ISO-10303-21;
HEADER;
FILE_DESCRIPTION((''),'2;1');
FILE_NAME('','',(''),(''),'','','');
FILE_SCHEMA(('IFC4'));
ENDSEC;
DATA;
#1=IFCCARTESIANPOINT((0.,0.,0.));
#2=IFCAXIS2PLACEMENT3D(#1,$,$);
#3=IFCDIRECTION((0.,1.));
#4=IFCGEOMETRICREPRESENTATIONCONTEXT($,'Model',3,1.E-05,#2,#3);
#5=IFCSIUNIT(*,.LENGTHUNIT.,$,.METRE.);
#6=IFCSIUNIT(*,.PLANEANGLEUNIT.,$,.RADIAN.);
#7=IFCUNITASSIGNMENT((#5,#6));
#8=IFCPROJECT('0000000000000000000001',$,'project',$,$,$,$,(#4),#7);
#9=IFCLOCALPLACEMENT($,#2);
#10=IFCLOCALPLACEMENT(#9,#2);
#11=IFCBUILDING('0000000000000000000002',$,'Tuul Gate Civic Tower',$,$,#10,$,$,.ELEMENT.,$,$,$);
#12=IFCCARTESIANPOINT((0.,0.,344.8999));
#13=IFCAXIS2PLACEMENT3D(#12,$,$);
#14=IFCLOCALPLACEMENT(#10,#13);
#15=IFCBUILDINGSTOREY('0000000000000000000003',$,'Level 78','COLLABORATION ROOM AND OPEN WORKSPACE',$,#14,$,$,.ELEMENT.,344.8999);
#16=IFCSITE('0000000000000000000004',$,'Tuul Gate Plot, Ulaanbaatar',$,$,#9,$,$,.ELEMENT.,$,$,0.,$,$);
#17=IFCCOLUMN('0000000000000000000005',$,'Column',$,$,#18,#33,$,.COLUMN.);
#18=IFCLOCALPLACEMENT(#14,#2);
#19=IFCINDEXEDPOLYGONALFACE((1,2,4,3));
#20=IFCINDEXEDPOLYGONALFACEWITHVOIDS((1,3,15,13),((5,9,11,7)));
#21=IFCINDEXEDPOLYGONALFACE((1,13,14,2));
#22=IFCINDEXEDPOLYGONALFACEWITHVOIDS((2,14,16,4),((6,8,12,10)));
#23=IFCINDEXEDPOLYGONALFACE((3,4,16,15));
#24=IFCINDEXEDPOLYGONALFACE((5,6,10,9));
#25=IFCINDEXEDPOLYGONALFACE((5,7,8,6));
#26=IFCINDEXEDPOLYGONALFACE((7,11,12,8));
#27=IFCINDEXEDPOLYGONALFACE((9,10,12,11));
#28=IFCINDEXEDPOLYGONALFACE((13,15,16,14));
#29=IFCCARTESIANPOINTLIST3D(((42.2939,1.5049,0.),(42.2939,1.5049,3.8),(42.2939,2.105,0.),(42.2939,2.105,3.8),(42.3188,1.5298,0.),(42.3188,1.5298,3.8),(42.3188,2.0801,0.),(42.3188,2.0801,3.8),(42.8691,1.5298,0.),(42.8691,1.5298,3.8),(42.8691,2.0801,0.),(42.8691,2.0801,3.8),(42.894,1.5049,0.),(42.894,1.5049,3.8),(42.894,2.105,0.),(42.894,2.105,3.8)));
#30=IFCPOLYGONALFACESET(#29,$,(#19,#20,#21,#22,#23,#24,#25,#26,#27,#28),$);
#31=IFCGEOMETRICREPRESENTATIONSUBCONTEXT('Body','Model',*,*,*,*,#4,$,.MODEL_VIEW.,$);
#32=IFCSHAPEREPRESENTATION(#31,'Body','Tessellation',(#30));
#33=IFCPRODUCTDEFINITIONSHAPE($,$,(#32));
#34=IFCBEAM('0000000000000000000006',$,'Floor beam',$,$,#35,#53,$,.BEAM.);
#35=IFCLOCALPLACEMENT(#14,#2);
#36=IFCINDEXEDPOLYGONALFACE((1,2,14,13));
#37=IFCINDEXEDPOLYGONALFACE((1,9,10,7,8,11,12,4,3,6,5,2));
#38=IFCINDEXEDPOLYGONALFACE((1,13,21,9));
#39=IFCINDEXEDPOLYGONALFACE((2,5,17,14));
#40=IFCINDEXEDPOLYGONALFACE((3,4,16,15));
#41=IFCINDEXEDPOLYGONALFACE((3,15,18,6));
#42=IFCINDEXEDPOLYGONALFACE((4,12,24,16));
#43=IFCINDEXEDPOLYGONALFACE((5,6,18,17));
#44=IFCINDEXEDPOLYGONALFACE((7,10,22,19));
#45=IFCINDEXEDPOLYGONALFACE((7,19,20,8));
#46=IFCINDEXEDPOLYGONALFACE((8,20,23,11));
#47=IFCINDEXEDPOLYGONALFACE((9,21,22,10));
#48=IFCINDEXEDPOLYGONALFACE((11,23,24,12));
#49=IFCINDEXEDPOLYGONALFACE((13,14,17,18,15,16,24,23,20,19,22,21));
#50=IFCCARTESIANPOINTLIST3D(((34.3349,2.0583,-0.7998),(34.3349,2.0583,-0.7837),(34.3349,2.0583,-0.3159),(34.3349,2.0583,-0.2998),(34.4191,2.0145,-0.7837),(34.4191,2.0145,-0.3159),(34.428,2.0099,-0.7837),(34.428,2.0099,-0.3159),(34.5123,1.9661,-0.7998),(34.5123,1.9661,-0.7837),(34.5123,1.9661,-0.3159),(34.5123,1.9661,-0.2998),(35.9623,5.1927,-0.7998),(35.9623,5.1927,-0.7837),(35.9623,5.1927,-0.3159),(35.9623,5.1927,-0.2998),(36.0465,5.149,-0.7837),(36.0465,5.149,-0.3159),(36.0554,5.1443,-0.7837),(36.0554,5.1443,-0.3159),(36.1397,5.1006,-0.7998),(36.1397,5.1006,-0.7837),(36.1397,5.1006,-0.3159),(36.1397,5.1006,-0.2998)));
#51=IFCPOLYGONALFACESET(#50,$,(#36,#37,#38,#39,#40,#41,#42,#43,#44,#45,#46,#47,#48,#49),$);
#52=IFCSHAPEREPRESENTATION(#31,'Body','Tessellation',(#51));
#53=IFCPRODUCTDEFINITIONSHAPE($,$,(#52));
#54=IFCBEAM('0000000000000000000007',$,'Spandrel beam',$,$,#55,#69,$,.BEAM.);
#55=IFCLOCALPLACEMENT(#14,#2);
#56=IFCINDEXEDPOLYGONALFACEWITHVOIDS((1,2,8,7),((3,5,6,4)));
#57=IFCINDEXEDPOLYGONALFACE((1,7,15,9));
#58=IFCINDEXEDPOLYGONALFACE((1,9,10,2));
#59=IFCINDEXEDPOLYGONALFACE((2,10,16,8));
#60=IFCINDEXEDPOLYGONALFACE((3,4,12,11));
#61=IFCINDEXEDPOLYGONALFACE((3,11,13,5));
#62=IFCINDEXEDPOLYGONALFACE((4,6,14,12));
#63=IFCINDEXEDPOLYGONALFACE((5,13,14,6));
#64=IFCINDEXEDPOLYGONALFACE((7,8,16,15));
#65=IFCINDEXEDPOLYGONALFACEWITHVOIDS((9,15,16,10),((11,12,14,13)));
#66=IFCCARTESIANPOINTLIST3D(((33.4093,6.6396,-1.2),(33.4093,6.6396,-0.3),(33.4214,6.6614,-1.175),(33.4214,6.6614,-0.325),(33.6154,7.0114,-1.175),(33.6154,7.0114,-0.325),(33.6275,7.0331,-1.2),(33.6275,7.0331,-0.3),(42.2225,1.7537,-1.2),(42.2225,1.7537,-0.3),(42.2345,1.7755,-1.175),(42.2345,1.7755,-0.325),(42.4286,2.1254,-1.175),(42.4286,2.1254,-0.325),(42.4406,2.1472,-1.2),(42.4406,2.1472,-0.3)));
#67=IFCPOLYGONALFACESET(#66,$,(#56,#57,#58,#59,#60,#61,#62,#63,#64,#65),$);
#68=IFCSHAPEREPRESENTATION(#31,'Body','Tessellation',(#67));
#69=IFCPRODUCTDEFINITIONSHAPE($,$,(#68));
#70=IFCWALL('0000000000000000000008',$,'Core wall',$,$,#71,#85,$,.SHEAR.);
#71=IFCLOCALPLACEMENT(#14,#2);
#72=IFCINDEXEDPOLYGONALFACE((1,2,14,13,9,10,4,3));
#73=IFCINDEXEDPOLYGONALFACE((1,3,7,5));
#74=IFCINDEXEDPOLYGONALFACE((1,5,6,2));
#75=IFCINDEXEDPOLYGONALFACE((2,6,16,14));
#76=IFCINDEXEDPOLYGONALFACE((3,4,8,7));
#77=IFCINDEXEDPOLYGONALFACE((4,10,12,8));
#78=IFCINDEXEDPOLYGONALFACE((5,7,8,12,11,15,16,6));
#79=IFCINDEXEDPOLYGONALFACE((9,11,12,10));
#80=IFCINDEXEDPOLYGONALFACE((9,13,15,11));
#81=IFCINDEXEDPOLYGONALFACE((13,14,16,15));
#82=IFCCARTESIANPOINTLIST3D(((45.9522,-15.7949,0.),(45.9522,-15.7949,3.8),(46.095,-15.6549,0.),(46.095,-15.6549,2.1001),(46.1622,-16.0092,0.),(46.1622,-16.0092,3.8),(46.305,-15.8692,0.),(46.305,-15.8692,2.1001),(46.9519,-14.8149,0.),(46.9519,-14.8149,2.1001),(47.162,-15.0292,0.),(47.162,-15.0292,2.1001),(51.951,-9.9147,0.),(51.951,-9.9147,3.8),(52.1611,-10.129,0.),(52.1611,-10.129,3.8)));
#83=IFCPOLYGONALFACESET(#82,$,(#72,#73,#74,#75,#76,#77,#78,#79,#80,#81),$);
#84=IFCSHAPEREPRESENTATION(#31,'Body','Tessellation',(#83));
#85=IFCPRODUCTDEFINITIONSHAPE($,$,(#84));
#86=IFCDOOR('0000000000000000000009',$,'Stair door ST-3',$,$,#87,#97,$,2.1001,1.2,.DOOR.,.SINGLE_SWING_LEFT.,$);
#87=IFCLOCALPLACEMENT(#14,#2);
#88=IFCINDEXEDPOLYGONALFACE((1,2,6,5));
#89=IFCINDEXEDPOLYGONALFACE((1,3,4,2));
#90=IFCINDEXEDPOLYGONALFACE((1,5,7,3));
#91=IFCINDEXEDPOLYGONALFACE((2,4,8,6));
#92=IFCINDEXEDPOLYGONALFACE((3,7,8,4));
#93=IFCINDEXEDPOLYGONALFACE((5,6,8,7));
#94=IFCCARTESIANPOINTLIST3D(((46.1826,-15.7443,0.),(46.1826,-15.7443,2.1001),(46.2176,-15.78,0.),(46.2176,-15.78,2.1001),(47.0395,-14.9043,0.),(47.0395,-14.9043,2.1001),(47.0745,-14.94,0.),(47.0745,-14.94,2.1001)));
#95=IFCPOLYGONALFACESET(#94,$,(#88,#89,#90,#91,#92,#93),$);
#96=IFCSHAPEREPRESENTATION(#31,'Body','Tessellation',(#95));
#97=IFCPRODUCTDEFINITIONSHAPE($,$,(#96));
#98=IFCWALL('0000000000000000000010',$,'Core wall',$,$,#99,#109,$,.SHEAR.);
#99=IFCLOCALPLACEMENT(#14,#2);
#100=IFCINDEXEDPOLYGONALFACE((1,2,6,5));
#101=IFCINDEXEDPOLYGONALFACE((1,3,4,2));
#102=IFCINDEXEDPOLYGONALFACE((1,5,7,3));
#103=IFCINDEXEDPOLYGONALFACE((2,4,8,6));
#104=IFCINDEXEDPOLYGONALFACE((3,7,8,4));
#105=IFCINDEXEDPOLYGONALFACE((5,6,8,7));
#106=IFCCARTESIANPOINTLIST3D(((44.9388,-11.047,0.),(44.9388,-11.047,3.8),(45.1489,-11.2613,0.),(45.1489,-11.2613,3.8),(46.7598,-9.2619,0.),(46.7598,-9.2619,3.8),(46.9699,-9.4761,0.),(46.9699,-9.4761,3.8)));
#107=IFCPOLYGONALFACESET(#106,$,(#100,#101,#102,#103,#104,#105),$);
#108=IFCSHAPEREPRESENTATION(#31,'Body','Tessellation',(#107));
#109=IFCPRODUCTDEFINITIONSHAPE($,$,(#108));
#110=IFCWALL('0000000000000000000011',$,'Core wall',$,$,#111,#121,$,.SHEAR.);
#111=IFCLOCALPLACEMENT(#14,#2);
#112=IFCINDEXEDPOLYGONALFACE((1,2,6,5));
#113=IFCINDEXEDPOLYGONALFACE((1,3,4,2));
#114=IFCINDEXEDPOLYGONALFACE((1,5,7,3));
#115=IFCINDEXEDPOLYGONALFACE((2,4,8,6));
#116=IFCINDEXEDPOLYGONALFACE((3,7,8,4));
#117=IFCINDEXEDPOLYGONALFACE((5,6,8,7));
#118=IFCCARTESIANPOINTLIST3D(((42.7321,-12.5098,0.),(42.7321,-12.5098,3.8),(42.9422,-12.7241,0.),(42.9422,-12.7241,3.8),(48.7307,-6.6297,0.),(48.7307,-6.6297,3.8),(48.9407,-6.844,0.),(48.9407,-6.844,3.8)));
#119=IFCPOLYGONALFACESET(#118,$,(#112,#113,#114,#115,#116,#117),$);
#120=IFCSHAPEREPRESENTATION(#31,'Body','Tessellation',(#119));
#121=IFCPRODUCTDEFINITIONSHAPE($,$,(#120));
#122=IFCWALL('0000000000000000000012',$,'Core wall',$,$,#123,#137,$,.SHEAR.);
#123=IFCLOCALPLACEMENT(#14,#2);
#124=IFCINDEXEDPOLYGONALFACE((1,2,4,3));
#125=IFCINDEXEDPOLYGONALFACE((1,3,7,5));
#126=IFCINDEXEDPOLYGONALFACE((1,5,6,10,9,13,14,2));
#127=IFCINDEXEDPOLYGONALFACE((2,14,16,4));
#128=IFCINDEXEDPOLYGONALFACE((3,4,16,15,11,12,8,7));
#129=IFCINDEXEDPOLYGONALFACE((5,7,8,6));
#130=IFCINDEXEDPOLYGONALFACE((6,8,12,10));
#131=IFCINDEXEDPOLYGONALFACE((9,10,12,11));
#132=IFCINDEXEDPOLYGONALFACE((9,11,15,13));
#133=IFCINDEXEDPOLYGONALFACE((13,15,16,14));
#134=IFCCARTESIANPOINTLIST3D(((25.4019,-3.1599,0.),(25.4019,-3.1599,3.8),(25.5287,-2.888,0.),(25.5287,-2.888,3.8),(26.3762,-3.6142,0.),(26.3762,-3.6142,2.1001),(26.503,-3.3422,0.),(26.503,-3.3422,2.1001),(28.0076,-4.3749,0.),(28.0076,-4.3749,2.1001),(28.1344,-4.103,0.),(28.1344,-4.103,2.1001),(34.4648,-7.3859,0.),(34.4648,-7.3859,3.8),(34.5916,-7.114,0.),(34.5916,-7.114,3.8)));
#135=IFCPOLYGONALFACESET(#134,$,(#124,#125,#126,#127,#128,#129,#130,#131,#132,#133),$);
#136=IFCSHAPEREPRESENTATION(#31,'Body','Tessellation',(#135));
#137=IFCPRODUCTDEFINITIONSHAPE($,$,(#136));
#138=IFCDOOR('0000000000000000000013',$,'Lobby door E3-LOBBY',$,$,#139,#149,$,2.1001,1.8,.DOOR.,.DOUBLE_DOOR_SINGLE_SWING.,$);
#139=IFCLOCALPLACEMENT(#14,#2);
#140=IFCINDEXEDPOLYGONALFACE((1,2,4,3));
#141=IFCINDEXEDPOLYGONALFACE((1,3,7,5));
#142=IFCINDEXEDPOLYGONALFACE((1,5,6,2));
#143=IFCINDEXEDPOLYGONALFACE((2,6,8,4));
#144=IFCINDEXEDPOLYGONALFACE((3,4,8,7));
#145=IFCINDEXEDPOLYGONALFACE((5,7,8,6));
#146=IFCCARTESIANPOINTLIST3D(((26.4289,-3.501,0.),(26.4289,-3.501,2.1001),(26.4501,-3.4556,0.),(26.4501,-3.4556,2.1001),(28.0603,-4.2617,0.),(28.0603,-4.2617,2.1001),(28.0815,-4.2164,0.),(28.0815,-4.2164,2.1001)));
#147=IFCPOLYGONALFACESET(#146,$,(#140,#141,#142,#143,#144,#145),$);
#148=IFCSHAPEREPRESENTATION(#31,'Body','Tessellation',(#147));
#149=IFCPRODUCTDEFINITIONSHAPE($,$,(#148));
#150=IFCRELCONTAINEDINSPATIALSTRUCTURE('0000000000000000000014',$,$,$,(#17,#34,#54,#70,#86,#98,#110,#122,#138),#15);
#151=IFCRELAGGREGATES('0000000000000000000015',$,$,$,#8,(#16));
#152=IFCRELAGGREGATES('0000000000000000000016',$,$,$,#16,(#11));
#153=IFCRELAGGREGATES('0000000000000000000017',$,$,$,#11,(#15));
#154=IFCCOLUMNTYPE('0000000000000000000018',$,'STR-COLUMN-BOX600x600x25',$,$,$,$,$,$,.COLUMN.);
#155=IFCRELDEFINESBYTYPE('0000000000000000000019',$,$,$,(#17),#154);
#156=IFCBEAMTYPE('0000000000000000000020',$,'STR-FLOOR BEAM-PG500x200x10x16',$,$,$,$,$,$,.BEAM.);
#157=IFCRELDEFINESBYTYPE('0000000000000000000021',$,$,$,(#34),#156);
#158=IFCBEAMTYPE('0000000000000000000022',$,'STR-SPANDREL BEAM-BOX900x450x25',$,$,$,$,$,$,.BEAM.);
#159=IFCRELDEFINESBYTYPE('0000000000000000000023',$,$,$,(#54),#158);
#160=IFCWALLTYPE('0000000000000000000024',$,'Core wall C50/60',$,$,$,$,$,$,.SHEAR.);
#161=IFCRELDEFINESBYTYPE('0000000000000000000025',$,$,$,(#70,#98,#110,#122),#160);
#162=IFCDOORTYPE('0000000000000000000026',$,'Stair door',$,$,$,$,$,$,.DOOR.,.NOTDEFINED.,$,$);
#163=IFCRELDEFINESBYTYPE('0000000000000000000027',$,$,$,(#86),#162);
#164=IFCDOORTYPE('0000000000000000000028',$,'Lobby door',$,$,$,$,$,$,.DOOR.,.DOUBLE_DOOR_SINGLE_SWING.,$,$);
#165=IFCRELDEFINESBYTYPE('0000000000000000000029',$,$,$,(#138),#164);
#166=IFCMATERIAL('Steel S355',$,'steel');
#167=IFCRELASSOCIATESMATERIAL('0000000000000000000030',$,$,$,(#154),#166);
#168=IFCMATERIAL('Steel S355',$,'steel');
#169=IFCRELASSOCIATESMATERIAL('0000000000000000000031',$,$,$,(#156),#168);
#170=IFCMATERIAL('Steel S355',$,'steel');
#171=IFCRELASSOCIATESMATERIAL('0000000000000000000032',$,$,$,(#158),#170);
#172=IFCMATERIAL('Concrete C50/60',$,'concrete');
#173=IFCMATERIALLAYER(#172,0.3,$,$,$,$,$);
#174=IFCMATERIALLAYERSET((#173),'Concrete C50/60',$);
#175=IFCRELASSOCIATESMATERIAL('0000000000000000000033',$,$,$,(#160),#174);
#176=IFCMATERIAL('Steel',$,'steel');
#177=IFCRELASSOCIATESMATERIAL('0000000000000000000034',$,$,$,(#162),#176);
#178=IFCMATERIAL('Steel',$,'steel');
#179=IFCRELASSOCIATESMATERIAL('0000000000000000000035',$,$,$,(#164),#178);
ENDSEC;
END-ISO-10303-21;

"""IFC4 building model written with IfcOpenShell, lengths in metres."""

from ifc_helpers import new_model, si_unit, direction, frame, frame_2d, origin, origin_2d, place, context, subcontext, project, spatial, rectangle, hollow_rectangle, i_section, extrude, material, layer, layer_set, material_profile, profile_set, type_object, element, fill, save


model = new_model("IFC4")

# Units and contexts
model_context = context("Model", 3, precision=1e-05, world=origin(), true_north=direction((0.0, 1.0)))
body_context = subcontext(model_context, "Body", "Model", "MODEL_VIEW")
ifc_project = project(units=[si_unit("LENGTHUNIT", "METRE"), si_unit("PLANEANGLEUNIT", "RADIAN")], contexts=[model_context])

# Site, building, storey
site_placement = place(None, origin())
site = spatial("IfcSite", under=ifc_project, at=site_placement, Name="Tuul Gate Plot, Ulaanbaatar", CompositionType="ELEMENT", RefElevation=0.0)
building_placement = place(site_placement, origin())
building = spatial("IfcBuilding", under=site, at=building_placement, Name="Tuul Gate Civic Tower", CompositionType="ELEMENT")
storey_placement = place(building_placement, frame((0.0, 0.0, 344.8999)))
storey = spatial("IfcBuildingStorey", under=building, at=storey_placement, Name="Level 78", Description="COLLABORATION ROOM AND OPEN WORKSPACE", CompositionType="ELEMENT", Elevation=344.8999)

# Column
ifc_material_1 = material(Name="Steel S355", Category="steel")
ifc_material_profile_1 = material_profile(ifc_material_1, hollow_rectangle(XDim=0.6001, YDim=0.6001, WallThickness=0.0249, at=origin_2d()), Name="BOX600x600x25")
ifc_profile_set_1 = profile_set([ifc_material_profile_1], Name="Steel S355")
column_type = type_object("IfcColumnType", Name="STR-COLUMN-BOX600x600x25", PredefinedType="COLUMN", material=ifc_profile_set_1)
column_placement = place(storey_placement, frame((42.594, 1.8049, 0.0), z_axis=(0.0, 0.0, 1.0), x_axis=(1.0, 0.0, 0.0)))
element("IfcColumn", 1, at=column_placement, inside=storey, type_object=column_type, Name="Column", PredefinedType="COLUMN", context=body_context, shape_type="SweptSolid", body=[
    extrude(hollow_rectangle(XDim=0.6001, YDim=0.6001, WallThickness=0.0249, at=origin_2d()), origin(), (0.0, 0.0, 1.0), 3.8),
])

# Beams
ifc_material_2 = material(Name="Steel S355", Category="steel")
ifc_material_profile_2 = material_profile(ifc_material_2, i_section(OverallWidth=0.2, OverallDepth=0.5, WebThickness=0.01, FlangeThickness=0.0161, at=origin_2d()), Name="PG500x200x10x16")
ifc_profile_set_2 = profile_set([ifc_material_profile_2], Name="Steel S355")
beam_type_1 = type_object("IfcBeamType", Name="STR-FLOOR BEAM-PG500x200x10x16", PredefinedType="BEAM", material=ifc_profile_set_2)
beam_1_placement = place(storey_placement, frame((34.4236, 2.0122, -0.5498), z_axis=(0.460793, 0.887507, 0.0), x_axis=(-0.887507, 0.460793, 0.0)))
element("IfcBeam", 2, at=beam_1_placement, inside=storey, type_object=beam_type_1, Name="Floor beam", PredefinedType="BEAM", context=body_context, shape_type="SweptSolid", body=[
    extrude(i_section(OverallWidth=0.2, OverallDepth=0.5, WebThickness=0.01, FlangeThickness=0.0161, at=origin_2d()), origin(), (0.0, 0.0, 1.0), 3.5317),
])
ifc_material_3 = material(Name="Steel S355", Category="steel")
ifc_material_profile_3 = material_profile(ifc_material_3, hollow_rectangle(XDim=0.45, YDim=0.8999, WallThickness=0.0249, at=origin_2d()), Name="BOX900x450x25")
ifc_profile_set_3 = profile_set([ifc_material_profile_3], Name="Steel S355")
beam_type_2 = type_object("IfcBeamType", Name="STR-SPANDREL BEAM-BOX900x450x25", PredefinedType="BEAM", material=ifc_profile_set_3)
beam_2_placement = place(storey_placement, frame((42.3315, 1.9504, -0.75), z_axis=(-0.874589, 0.484865, 0.0), x_axis=(-0.484865, -0.874589, 0.0)))
element("IfcBeam", 3, at=beam_2_placement, inside=storey, type_object=beam_type_2, Name="Spandrel beam", PredefinedType="BEAM", context=body_context, shape_type="SweptSolid", body=[
    extrude(hollow_rectangle(XDim=0.45, YDim=0.8999, WallThickness=0.0249, at=origin_2d()), origin(), (0.0, 0.0, 1.0), 10.0769),
])

# Wall, opening, door
ifc_material_4 = material(Name="Concrete C50/60", Category="concrete")
ifc_layer_1 = layer(ifc_material_4, 0.3)
ifc_layer_set_1 = layer_set([ifc_layer_1], Name="Concrete C50/60")
wall_type_1 = type_object("IfcWallType", Name="Core wall C50/60", PredefinedType="SHEAR", material=ifc_layer_set_1)
wall_1_placement = place(storey_placement, frame((46.0571, -15.9021, 0.0), z_axis=(0.0, 0.0, 1.0), x_axis=(0.714134, 0.700009, 0.0)))
wall_1 = element("IfcWall", 4, at=wall_1_placement, inside=storey, type_object=wall_type_1, Name="Core wall", PredefinedType="SHEAR", context=body_context, shape_type="SweptSolid", body=[
    extrude(rectangle(XDim=8.4001, YDim=0.3, at=frame_2d((4.2002, 0.0))), origin(), (0.0, 0.0, 1.0), 3.8),
])
opening_1_placement = place(wall_1_placement, frame((0.2, 0.0, 0.0)))
opening_1 = element("IfcOpeningElement", 5, at=opening_1_placement, cuts=wall_1, PredefinedType="OPENING", context=body_context, shape_type="SweptSolid", body=[
    extrude(rectangle(XDim=1.2, YDim=2.1001, at=frame_2d((0.6001, 1.05))), frame((0.0, 0.1602, 0.0), z_axis=(0.0, -1.0, 0.0), x_axis=(1.0, 0.0, 0.0)), (0.0, 0.0, 1.0), 0.3201),
])
ifc_material_5 = material(Name="Steel", Category="steel")
door_type_1 = type_object("IfcDoorType", Name="Stair door", OperationType="NOTDEFINED", PredefinedType="DOOR", material=ifc_material_5)
door_1_placement = place(opening_1_placement, origin())
door_1 = element("IfcDoor", 6, at=door_1_placement, inside=storey, type_object=door_type_1, Name="Stair door ST-3", OperationType="SINGLE_SWING_LEFT", OverallHeight=2.1001, OverallWidth=1.2, PredefinedType="DOOR", context=body_context, shape_type="SweptSolid", body=[
    extrude(rectangle(XDim=1.2, YDim=2.1001, at=frame_2d((0.6001, 1.05))), frame((0.0, 0.0249, 0.0), z_axis=(0.0, -1.0, 0.0), x_axis=(1.0, 0.0, 0.0)), (0.0, 0.0, 1.0), 0.05),
])
fill(opening_1, door_1)

# Walls
wall_2_placement = place(storey_placement, frame((45.0439, -11.1541, 0.0), z_axis=(0.0, 0.0, 1.0), x_axis=(0.714108, 0.700035, 0.0)))
element("IfcWall", 7, at=wall_2_placement, inside=storey, type_object=wall_type_1, Name="Core wall", PredefinedType="SHEAR", context=body_context, shape_type="SweptSolid", body=[
    extrude(rectangle(XDim=2.55, YDim=0.3, at=frame_2d((1.2749, 0.0))), origin(), (0.0, 0.0, 1.0), 3.8),
])
wall_3_placement = place(storey_placement, frame((42.8372, -12.6169, 0.0), z_axis=(0.0, 0.0, 1.0), x_axis=(0.71412, 0.700023, 0.0)))
element("IfcWall", 8, at=wall_3_placement, inside=storey, type_object=wall_type_1, Name="Core wall", PredefinedType="SHEAR", context=body_context, shape_type="SweptSolid", body=[
    extrude(rectangle(XDim=8.3999, YDim=0.3, at=frame_2d((4.2, 0.0))), origin(), (0.0, 0.0, 1.0), 3.8),
])

# Wall, opening, door
wall_4_placement = place(storey_placement, frame((34.5283, -7.25, 0.0), z_axis=(0.0, 0.0, 1.0), x_axis=(-0.90631, 0.422613, 0.0)))
wall_4 = element("IfcWall", 9, at=wall_4_placement, inside=storey, type_object=wall_type_1, Name="Core wall", PredefinedType="SHEAR", context=body_context, shape_type="SweptSolid", body=[
    extrude(rectangle(XDim=9.9998, YDim=0.3, at=frame_2d((5.0, 0.0))), origin(), (0.0, 0.0, 1.0), 3.8),
])
opening_2_placement = place(wall_4_placement, frame((7.125, 0.0, 0.0)))
opening_2 = element("IfcOpeningElement", 10, at=opening_2_placement, cuts=wall_4, PredefinedType="OPENING", context=body_context, shape_type="SweptSolid", body=[
    extrude(rectangle(XDim=1.8, YDim=2.1001, at=frame_2d((0.8999, 1.05))), frame((0.0, 0.1602, 0.0), z_axis=(0.0, -1.0, 0.0), x_axis=(1.0, 0.0, 0.0)), (0.0, 0.0, 1.0), 0.3201),
])
ifc_material_6 = material(Name="Steel", Category="steel")
door_type_2 = type_object("IfcDoorType", Name="Lobby door", OperationType="DOUBLE_DOOR_SINGLE_SWING", PredefinedType="DOOR", material=ifc_material_6)
door_2_placement = place(opening_2_placement, frame((1.8, 0.0, 0.0), z_axis=(0.0, 0.0, 1.0), x_axis=(-1.0, 0.0, 0.0)))
door_2 = element("IfcDoor", 11, at=door_2_placement, inside=storey, type_object=door_type_2, Name="Lobby door E3-LOBBY", OperationType="DOUBLE_DOOR_SINGLE_SWING", OverallHeight=2.1001, OverallWidth=1.8, PredefinedType="DOOR", context=body_context, shape_type="SweptSolid", body=[
    extrude(rectangle(XDim=1.8, YDim=2.1001, at=frame_2d((0.9001, 1.05))), frame((0.0, 0.0249, 0.0), z_axis=(0.0, -1.0, 0.0), x_axis=(1.0, 0.0, 0.0)), (0.0, 0.0, 1.0), 0.05),
])
fill(opening_2, door_2)

save(model, "model.ifc")
